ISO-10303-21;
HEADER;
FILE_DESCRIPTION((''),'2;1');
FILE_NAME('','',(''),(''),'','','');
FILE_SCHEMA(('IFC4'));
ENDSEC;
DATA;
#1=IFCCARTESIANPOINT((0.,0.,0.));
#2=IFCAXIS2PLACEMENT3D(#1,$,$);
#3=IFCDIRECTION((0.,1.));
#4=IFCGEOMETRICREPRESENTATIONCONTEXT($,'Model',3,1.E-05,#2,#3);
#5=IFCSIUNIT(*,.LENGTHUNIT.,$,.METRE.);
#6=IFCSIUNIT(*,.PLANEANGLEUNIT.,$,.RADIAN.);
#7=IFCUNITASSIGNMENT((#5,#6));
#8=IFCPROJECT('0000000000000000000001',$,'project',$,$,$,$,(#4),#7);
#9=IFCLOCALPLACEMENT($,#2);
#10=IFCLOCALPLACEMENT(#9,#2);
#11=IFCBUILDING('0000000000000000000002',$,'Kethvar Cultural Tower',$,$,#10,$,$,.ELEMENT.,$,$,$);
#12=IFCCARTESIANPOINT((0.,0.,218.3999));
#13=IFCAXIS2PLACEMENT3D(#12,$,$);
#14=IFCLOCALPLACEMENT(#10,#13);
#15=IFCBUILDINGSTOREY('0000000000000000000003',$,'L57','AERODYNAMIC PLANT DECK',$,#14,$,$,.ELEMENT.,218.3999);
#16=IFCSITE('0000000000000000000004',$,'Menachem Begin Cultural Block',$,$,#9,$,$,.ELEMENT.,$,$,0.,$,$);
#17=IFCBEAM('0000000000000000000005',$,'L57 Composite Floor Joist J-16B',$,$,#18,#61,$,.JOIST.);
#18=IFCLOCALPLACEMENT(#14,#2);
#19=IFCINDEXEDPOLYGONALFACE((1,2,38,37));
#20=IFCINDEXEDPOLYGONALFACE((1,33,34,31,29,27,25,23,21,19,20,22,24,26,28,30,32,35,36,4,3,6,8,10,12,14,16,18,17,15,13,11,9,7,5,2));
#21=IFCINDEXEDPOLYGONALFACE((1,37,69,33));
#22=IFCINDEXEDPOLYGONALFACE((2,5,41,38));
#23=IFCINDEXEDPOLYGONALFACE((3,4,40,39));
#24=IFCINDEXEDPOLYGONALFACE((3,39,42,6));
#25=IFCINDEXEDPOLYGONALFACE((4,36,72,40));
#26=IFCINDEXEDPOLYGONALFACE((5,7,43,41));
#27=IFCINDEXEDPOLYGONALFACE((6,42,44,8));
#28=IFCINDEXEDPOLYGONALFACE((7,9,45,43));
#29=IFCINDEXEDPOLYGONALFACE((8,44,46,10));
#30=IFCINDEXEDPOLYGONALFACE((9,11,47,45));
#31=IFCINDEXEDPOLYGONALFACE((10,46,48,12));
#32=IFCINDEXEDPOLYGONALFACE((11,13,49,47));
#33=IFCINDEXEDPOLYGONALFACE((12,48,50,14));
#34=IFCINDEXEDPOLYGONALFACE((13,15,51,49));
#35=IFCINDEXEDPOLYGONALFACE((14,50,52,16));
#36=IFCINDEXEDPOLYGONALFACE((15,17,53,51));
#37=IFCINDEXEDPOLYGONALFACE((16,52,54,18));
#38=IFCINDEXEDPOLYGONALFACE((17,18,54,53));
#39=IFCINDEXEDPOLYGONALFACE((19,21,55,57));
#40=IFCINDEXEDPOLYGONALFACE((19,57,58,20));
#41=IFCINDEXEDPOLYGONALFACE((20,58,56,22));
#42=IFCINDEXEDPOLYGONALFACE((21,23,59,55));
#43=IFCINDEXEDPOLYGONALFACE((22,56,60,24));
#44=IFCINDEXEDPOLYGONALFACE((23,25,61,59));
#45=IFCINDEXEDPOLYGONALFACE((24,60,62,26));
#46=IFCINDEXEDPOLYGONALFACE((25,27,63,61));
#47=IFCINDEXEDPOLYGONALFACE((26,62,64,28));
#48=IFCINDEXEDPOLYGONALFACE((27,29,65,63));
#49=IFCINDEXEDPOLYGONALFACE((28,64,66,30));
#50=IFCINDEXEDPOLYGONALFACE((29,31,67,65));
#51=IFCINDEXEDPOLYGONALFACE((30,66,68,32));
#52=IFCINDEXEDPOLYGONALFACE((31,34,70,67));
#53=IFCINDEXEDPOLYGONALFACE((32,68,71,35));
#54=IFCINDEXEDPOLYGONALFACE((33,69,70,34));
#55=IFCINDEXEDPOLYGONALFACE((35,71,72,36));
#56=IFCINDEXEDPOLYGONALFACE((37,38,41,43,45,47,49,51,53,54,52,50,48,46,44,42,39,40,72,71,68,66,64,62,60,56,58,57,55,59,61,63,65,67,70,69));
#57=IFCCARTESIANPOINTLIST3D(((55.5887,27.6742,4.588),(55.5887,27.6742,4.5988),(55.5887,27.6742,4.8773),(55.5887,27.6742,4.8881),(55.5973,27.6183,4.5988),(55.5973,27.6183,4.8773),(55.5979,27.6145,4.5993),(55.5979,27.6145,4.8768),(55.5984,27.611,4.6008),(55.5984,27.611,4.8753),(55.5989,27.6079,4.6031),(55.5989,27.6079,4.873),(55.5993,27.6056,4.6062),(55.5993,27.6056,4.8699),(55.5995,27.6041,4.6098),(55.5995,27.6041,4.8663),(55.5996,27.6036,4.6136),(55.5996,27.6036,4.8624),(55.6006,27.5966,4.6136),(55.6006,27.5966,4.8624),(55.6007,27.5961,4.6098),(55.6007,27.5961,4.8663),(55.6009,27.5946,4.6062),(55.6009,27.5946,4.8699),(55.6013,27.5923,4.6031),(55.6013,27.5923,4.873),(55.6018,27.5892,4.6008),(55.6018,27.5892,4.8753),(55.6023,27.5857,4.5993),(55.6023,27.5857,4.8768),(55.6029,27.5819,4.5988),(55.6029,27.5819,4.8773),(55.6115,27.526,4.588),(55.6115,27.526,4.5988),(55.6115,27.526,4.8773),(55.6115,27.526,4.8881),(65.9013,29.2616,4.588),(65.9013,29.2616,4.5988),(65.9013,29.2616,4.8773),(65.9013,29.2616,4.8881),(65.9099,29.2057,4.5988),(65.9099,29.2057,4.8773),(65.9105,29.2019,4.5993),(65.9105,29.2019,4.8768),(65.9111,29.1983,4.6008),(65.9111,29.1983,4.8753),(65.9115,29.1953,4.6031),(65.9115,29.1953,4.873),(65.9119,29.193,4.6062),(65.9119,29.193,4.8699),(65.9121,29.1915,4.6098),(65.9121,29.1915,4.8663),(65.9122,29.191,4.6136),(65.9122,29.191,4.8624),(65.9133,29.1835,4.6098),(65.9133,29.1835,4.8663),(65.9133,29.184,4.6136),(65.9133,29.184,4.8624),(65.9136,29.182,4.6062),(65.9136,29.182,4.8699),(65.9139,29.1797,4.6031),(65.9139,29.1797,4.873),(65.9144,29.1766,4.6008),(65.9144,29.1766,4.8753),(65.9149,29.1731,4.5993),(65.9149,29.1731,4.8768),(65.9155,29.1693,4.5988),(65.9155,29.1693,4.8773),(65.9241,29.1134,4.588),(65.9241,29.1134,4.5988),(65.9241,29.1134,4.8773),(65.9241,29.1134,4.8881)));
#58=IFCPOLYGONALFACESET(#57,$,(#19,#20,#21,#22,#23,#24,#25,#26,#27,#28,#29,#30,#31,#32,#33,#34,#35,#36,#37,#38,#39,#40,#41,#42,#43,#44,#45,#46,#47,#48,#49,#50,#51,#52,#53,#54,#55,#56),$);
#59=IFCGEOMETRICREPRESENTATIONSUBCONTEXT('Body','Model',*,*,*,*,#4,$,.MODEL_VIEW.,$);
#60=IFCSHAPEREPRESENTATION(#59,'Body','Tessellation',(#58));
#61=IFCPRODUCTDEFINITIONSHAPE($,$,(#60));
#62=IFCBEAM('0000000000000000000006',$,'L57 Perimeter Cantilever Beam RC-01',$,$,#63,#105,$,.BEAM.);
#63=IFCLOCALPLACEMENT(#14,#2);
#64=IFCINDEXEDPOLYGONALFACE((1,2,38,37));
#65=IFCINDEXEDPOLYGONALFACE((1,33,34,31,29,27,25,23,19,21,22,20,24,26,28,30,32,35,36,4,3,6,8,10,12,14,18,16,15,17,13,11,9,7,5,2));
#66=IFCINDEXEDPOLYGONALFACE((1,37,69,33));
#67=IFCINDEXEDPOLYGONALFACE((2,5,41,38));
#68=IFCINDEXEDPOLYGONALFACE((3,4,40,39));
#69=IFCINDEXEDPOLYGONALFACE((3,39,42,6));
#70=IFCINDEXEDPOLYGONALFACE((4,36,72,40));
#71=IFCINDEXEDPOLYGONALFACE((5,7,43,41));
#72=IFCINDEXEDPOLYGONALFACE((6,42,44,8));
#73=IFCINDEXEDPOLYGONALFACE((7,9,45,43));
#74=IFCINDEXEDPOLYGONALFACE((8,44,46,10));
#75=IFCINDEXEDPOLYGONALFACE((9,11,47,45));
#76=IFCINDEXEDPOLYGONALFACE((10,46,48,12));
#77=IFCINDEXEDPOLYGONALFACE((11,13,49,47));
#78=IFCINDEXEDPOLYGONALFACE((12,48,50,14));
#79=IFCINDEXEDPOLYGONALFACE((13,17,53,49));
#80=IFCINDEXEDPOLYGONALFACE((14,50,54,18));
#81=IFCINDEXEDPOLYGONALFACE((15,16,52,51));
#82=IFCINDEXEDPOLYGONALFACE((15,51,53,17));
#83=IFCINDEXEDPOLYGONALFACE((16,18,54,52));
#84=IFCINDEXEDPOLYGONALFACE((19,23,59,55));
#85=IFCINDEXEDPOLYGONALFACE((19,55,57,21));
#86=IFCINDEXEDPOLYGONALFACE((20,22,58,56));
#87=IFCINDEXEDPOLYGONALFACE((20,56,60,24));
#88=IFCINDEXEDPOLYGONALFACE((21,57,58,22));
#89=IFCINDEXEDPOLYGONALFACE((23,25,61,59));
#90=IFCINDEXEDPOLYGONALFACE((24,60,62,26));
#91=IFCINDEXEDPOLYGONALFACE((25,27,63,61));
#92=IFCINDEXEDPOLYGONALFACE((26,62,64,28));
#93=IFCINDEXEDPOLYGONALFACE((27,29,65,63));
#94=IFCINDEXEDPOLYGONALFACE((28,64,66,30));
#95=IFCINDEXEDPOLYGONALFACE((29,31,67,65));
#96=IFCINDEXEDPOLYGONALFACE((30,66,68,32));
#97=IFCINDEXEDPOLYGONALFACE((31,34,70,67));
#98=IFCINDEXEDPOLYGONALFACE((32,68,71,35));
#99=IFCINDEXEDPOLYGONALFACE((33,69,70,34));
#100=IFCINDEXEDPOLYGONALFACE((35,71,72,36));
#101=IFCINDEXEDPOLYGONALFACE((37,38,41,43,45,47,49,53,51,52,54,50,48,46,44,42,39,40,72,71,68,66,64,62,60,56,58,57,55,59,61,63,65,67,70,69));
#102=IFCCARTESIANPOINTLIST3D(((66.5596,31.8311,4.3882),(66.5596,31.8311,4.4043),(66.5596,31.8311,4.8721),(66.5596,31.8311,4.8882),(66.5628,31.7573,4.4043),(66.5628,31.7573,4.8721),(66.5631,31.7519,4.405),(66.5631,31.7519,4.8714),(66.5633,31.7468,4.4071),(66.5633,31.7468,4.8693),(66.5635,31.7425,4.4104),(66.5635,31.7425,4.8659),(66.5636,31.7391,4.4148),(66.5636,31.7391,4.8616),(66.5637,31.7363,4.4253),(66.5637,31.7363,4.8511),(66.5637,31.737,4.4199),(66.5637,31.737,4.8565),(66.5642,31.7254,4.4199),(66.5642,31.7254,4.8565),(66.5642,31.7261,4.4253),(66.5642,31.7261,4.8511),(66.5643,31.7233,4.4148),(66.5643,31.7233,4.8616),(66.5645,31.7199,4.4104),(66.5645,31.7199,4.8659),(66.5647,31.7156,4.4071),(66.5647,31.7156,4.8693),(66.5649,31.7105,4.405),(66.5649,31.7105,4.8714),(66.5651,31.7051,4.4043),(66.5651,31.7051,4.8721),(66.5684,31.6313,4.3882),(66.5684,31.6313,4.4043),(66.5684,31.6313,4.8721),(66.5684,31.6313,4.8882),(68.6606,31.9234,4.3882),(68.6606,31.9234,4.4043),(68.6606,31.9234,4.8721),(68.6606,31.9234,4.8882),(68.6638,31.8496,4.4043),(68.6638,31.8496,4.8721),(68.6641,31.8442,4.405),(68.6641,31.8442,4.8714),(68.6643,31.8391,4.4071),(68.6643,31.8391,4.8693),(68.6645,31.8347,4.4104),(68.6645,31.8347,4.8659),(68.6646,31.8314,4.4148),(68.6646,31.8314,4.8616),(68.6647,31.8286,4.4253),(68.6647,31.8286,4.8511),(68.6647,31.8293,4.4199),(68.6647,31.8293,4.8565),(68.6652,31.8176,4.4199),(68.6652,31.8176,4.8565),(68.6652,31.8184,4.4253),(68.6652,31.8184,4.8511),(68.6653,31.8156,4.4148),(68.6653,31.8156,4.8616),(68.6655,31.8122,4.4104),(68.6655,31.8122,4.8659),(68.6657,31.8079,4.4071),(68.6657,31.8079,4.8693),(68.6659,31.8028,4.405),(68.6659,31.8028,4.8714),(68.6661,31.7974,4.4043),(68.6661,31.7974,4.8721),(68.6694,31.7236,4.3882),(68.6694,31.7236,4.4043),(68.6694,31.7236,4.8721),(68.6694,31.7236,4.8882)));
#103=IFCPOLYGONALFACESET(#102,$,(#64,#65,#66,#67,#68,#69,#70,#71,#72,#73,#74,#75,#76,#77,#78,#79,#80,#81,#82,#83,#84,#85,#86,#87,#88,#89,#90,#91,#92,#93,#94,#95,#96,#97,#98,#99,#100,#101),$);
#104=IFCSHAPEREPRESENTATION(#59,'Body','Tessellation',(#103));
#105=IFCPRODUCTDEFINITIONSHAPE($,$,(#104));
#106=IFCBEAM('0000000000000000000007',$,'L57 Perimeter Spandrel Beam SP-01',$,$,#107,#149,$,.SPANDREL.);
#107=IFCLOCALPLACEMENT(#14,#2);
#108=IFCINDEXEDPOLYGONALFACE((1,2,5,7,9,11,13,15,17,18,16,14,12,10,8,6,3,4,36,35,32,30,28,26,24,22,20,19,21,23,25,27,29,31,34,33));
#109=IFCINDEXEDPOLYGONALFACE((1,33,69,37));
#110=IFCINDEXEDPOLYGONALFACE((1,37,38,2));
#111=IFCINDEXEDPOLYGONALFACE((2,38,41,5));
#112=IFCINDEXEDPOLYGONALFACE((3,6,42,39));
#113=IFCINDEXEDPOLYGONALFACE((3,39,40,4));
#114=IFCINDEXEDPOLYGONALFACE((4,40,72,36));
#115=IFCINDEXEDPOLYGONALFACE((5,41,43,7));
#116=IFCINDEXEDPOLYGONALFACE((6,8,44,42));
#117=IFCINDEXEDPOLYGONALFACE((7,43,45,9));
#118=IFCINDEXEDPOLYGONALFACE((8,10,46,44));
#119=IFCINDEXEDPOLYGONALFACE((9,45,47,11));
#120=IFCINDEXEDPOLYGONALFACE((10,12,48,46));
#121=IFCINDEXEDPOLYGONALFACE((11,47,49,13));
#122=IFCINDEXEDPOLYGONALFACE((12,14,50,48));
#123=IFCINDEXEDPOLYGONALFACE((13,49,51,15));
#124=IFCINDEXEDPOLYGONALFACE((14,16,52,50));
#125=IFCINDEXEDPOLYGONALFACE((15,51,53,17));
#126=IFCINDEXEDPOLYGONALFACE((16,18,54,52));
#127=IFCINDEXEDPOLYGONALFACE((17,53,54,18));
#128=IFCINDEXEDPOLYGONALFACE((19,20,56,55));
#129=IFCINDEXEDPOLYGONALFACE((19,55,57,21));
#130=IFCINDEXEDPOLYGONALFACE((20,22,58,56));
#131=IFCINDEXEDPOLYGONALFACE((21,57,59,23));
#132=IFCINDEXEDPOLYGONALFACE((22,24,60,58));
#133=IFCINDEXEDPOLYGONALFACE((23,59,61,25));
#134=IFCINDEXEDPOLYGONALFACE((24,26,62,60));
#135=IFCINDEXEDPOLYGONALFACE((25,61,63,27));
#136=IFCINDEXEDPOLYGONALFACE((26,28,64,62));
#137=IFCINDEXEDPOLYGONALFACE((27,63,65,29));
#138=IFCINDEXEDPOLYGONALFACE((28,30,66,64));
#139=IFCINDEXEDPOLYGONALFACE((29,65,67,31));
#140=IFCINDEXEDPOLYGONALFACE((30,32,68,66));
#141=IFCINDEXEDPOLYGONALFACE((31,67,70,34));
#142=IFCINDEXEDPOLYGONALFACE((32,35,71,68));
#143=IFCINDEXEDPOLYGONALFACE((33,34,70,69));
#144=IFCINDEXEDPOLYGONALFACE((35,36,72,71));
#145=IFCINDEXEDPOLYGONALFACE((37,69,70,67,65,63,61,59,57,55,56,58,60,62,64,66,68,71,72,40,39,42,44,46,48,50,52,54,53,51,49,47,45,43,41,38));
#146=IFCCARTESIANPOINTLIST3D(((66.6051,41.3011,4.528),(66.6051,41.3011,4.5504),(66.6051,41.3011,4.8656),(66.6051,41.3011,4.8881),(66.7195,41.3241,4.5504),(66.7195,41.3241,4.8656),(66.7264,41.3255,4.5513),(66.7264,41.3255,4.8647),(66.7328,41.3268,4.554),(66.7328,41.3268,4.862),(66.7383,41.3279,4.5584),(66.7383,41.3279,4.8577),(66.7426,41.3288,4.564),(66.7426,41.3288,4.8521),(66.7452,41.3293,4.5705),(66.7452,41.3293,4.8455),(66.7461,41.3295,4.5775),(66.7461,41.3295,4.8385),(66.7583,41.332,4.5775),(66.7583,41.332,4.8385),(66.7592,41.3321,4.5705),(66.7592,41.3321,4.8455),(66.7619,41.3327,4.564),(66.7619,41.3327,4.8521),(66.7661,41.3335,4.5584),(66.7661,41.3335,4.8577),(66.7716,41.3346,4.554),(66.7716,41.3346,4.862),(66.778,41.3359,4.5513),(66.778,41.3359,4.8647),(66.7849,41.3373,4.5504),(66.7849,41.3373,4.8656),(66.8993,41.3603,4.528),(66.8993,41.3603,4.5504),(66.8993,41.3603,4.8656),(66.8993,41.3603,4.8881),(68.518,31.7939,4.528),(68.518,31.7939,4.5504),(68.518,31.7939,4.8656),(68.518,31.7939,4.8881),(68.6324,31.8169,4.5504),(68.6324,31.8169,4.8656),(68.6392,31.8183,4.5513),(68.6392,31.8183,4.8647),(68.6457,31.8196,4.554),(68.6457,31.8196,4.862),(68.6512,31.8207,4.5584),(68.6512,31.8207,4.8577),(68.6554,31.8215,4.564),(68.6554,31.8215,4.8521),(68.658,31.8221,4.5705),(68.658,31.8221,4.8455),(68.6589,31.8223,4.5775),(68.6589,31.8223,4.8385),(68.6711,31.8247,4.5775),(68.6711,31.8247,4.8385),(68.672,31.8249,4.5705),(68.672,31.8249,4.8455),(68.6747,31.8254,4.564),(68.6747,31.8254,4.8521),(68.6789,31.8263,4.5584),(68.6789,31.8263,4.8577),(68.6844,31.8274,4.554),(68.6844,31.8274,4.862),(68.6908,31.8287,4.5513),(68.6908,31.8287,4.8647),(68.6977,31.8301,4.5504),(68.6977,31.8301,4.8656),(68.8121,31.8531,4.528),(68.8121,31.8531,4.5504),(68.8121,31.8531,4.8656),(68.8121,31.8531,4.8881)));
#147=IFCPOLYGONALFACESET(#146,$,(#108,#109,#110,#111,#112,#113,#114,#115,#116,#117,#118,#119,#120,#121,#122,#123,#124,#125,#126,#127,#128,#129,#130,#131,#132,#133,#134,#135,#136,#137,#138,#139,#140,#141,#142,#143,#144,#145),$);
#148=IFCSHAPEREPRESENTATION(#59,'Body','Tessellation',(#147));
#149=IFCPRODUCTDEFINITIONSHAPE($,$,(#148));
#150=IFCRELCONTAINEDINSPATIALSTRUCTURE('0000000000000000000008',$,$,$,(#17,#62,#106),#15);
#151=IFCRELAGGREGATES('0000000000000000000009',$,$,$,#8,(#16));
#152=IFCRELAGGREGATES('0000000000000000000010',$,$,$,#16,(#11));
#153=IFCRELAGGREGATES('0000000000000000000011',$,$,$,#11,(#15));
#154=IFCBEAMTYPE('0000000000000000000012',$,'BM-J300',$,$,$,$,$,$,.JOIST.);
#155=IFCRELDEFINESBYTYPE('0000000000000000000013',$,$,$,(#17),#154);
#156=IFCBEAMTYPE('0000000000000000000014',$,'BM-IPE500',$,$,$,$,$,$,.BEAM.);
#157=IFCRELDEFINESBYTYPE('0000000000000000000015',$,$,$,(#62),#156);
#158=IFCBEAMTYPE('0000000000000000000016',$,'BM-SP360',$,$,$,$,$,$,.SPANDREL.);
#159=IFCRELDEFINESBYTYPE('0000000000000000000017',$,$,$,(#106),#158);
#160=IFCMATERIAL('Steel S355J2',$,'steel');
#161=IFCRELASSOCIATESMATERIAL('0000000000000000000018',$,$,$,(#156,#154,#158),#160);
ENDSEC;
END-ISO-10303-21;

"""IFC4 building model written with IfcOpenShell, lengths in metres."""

from ifc_helpers import new_model, si_unit, direction, frame, origin, origin_2d, place, context, subcontext, project, spatial, i_section, extrude, source, transform, mapped, material, material_profile, profile_set, type_object, element, save


model = new_model("IFC4")

# Units and contexts
model_context = context("Model", 3, precision=1e-05, world=origin(), true_north=direction((0.0, 1.0)))
body_context = subcontext(model_context, "Body", "Model", "MODEL_VIEW")
ifc_project = project(units=[si_unit("LENGTHUNIT", "METRE"), si_unit("PLANEANGLEUNIT", "RADIAN")], contexts=[model_context])

# Site, building, storey
site_placement = place(None, origin())
site = spatial("IfcSite", under=ifc_project, at=site_placement, Name="Menachem Begin Cultural Block", CompositionType="ELEMENT", RefElevation=0.0)
building_placement = place(site_placement, origin())
building = spatial("IfcBuilding", under=site, at=building_placement, Name="Kethvar Cultural Tower", CompositionType="ELEMENT")
storey_placement = place(building_placement, frame((0.0, 0.0, 218.3999)))
storey = spatial("IfcBuildingStorey", under=building, at=storey_placement, Name="L57", Description="AERODYNAMIC PLANT DECK", CompositionType="ELEMENT", Elevation=218.3999)

# Beams
ifc_material_1 = material(Name="Steel S355J2", Category="steel")
ifc_material_profile_1 = material_profile(ifc_material_1, i_section(OverallWidth=0.2, OverallDepth=0.5, WebThickness=0.0103, FlangeThickness=0.0161, FilletRadius=0.021, at=origin_2d()), Name="Steel S355J2 — IPE500")
ifc_profile_set_1 = profile_set([ifc_material_profile_1], Name="Steel S355J2 — IPE500")
beam_type_1 = type_object("IfcBeamType", Name="BM-IPE500", PredefinedType="BEAM", material=ifc_profile_set_1)
ifc_material_profile_2 = material_profile(ifc_material_1, i_section(OverallWidth=0.1499, OverallDepth=0.3, WebThickness=0.0071, FlangeThickness=0.0107, FilletRadius=0.0149, at=origin_2d()), Name="Steel S355J2 — IPE300")
ifc_profile_set_2 = profile_set([ifc_material_profile_2], Name="Steel S355J2 — IPE300")
beam_type_2 = type_object("IfcBeamType", Name="BM-J300", PredefinedType="JOIST", material=ifc_profile_set_2)
shared_shape_1 = source(origin(), body_context, "Body", "SweptSolid", [
    extrude(i_section(OverallWidth=0.1499, OverallDepth=0.3, WebThickness=0.0071, FlangeThickness=0.0107, FilletRadius=0.0149, at=origin_2d()), origin(), (0.0, 0.0, 1.0), 10.4341),
])
beam_1_placement = place(storey_placement, frame((55.6001, 27.6001, 4.738), z_axis=(0.98836, 0.152135, 0.0), x_axis=(-0.152135, 0.98836, 0.0)))
element("IfcBeam", 1, at=beam_1_placement, inside=storey, type_object=beam_type_2, Name="L57 Composite Floor Joist J-16B", PredefinedType="JOIST", context=body_context, shape_type="MappedRepresentation", body=[
    mapped(shared_shape_1, transform((0.0, 0.0, 0.0), scale=1.0)),
])
shared_shape_2 = source(origin(), body_context, "Body", "SweptSolid", [
    extrude(i_section(OverallWidth=0.2, OverallDepth=0.5, WebThickness=0.0103, FlangeThickness=0.0161, FilletRadius=0.021, at=origin_2d()), origin(), (0.0, 0.0, 1.0), 2.103),
])
beam_2_placement = place(storey_placement, frame((66.564, 31.7312, 4.6382), z_axis=(0.999037, 0.043881, 0.0), x_axis=(-0.043881, 0.999037, 0.0)))
element("IfcBeam", 2, at=beam_2_placement, inside=storey, type_object=beam_type_1, Name="L57 Perimeter Cantilever Beam RC-01", PredefinedType="BEAM", context=body_context, shape_type="MappedRepresentation", body=[
    mapped(shared_shape_2, transform((0.0, 0.0, 0.0), scale=1.0)),
])
ifc_material_profile_3 = material_profile(ifc_material_1, i_section(OverallWidth=0.3, OverallDepth=0.3601, WebThickness=0.0125, FlangeThickness=0.0225, FilletRadius=0.0271, at=origin_2d()), Name="Steel S355J2 — HEB360")
ifc_profile_set_3 = profile_set([ifc_material_profile_3], Name="Steel S355J2 — HEB360")
beam_type_3 = type_object("IfcBeamType", Name="BM-SP360", PredefinedType="SPANDREL", material=ifc_profile_set_3)
shared_shape_3 = source(origin(), body_context, "Body", "SweptSolid", [
    extrude(i_section(OverallWidth=0.3, OverallDepth=0.3601, WebThickness=0.0125, FlangeThickness=0.0225, FilletRadius=0.0271, at=origin_2d()), origin(), (0.0, 0.0, 1.0), 9.6978),
])
beam_3_placement = place(storey_placement, frame((68.665, 31.8235, 4.708), z_axis=(-0.197244, 0.980354, 0.0), x_axis=(-0.980354, -0.197244, 0.0)))
element("IfcBeam", 3, at=beam_3_placement, inside=storey, type_object=beam_type_3, Name="L57 Perimeter Spandrel Beam SP-01", PredefinedType="SPANDREL", context=body_context, shape_type="MappedRepresentation", body=[
    mapped(shared_shape_3, transform((0.0, 0.0, 0.0), scale=1.0)),
])

save(model, "model.ifc")
